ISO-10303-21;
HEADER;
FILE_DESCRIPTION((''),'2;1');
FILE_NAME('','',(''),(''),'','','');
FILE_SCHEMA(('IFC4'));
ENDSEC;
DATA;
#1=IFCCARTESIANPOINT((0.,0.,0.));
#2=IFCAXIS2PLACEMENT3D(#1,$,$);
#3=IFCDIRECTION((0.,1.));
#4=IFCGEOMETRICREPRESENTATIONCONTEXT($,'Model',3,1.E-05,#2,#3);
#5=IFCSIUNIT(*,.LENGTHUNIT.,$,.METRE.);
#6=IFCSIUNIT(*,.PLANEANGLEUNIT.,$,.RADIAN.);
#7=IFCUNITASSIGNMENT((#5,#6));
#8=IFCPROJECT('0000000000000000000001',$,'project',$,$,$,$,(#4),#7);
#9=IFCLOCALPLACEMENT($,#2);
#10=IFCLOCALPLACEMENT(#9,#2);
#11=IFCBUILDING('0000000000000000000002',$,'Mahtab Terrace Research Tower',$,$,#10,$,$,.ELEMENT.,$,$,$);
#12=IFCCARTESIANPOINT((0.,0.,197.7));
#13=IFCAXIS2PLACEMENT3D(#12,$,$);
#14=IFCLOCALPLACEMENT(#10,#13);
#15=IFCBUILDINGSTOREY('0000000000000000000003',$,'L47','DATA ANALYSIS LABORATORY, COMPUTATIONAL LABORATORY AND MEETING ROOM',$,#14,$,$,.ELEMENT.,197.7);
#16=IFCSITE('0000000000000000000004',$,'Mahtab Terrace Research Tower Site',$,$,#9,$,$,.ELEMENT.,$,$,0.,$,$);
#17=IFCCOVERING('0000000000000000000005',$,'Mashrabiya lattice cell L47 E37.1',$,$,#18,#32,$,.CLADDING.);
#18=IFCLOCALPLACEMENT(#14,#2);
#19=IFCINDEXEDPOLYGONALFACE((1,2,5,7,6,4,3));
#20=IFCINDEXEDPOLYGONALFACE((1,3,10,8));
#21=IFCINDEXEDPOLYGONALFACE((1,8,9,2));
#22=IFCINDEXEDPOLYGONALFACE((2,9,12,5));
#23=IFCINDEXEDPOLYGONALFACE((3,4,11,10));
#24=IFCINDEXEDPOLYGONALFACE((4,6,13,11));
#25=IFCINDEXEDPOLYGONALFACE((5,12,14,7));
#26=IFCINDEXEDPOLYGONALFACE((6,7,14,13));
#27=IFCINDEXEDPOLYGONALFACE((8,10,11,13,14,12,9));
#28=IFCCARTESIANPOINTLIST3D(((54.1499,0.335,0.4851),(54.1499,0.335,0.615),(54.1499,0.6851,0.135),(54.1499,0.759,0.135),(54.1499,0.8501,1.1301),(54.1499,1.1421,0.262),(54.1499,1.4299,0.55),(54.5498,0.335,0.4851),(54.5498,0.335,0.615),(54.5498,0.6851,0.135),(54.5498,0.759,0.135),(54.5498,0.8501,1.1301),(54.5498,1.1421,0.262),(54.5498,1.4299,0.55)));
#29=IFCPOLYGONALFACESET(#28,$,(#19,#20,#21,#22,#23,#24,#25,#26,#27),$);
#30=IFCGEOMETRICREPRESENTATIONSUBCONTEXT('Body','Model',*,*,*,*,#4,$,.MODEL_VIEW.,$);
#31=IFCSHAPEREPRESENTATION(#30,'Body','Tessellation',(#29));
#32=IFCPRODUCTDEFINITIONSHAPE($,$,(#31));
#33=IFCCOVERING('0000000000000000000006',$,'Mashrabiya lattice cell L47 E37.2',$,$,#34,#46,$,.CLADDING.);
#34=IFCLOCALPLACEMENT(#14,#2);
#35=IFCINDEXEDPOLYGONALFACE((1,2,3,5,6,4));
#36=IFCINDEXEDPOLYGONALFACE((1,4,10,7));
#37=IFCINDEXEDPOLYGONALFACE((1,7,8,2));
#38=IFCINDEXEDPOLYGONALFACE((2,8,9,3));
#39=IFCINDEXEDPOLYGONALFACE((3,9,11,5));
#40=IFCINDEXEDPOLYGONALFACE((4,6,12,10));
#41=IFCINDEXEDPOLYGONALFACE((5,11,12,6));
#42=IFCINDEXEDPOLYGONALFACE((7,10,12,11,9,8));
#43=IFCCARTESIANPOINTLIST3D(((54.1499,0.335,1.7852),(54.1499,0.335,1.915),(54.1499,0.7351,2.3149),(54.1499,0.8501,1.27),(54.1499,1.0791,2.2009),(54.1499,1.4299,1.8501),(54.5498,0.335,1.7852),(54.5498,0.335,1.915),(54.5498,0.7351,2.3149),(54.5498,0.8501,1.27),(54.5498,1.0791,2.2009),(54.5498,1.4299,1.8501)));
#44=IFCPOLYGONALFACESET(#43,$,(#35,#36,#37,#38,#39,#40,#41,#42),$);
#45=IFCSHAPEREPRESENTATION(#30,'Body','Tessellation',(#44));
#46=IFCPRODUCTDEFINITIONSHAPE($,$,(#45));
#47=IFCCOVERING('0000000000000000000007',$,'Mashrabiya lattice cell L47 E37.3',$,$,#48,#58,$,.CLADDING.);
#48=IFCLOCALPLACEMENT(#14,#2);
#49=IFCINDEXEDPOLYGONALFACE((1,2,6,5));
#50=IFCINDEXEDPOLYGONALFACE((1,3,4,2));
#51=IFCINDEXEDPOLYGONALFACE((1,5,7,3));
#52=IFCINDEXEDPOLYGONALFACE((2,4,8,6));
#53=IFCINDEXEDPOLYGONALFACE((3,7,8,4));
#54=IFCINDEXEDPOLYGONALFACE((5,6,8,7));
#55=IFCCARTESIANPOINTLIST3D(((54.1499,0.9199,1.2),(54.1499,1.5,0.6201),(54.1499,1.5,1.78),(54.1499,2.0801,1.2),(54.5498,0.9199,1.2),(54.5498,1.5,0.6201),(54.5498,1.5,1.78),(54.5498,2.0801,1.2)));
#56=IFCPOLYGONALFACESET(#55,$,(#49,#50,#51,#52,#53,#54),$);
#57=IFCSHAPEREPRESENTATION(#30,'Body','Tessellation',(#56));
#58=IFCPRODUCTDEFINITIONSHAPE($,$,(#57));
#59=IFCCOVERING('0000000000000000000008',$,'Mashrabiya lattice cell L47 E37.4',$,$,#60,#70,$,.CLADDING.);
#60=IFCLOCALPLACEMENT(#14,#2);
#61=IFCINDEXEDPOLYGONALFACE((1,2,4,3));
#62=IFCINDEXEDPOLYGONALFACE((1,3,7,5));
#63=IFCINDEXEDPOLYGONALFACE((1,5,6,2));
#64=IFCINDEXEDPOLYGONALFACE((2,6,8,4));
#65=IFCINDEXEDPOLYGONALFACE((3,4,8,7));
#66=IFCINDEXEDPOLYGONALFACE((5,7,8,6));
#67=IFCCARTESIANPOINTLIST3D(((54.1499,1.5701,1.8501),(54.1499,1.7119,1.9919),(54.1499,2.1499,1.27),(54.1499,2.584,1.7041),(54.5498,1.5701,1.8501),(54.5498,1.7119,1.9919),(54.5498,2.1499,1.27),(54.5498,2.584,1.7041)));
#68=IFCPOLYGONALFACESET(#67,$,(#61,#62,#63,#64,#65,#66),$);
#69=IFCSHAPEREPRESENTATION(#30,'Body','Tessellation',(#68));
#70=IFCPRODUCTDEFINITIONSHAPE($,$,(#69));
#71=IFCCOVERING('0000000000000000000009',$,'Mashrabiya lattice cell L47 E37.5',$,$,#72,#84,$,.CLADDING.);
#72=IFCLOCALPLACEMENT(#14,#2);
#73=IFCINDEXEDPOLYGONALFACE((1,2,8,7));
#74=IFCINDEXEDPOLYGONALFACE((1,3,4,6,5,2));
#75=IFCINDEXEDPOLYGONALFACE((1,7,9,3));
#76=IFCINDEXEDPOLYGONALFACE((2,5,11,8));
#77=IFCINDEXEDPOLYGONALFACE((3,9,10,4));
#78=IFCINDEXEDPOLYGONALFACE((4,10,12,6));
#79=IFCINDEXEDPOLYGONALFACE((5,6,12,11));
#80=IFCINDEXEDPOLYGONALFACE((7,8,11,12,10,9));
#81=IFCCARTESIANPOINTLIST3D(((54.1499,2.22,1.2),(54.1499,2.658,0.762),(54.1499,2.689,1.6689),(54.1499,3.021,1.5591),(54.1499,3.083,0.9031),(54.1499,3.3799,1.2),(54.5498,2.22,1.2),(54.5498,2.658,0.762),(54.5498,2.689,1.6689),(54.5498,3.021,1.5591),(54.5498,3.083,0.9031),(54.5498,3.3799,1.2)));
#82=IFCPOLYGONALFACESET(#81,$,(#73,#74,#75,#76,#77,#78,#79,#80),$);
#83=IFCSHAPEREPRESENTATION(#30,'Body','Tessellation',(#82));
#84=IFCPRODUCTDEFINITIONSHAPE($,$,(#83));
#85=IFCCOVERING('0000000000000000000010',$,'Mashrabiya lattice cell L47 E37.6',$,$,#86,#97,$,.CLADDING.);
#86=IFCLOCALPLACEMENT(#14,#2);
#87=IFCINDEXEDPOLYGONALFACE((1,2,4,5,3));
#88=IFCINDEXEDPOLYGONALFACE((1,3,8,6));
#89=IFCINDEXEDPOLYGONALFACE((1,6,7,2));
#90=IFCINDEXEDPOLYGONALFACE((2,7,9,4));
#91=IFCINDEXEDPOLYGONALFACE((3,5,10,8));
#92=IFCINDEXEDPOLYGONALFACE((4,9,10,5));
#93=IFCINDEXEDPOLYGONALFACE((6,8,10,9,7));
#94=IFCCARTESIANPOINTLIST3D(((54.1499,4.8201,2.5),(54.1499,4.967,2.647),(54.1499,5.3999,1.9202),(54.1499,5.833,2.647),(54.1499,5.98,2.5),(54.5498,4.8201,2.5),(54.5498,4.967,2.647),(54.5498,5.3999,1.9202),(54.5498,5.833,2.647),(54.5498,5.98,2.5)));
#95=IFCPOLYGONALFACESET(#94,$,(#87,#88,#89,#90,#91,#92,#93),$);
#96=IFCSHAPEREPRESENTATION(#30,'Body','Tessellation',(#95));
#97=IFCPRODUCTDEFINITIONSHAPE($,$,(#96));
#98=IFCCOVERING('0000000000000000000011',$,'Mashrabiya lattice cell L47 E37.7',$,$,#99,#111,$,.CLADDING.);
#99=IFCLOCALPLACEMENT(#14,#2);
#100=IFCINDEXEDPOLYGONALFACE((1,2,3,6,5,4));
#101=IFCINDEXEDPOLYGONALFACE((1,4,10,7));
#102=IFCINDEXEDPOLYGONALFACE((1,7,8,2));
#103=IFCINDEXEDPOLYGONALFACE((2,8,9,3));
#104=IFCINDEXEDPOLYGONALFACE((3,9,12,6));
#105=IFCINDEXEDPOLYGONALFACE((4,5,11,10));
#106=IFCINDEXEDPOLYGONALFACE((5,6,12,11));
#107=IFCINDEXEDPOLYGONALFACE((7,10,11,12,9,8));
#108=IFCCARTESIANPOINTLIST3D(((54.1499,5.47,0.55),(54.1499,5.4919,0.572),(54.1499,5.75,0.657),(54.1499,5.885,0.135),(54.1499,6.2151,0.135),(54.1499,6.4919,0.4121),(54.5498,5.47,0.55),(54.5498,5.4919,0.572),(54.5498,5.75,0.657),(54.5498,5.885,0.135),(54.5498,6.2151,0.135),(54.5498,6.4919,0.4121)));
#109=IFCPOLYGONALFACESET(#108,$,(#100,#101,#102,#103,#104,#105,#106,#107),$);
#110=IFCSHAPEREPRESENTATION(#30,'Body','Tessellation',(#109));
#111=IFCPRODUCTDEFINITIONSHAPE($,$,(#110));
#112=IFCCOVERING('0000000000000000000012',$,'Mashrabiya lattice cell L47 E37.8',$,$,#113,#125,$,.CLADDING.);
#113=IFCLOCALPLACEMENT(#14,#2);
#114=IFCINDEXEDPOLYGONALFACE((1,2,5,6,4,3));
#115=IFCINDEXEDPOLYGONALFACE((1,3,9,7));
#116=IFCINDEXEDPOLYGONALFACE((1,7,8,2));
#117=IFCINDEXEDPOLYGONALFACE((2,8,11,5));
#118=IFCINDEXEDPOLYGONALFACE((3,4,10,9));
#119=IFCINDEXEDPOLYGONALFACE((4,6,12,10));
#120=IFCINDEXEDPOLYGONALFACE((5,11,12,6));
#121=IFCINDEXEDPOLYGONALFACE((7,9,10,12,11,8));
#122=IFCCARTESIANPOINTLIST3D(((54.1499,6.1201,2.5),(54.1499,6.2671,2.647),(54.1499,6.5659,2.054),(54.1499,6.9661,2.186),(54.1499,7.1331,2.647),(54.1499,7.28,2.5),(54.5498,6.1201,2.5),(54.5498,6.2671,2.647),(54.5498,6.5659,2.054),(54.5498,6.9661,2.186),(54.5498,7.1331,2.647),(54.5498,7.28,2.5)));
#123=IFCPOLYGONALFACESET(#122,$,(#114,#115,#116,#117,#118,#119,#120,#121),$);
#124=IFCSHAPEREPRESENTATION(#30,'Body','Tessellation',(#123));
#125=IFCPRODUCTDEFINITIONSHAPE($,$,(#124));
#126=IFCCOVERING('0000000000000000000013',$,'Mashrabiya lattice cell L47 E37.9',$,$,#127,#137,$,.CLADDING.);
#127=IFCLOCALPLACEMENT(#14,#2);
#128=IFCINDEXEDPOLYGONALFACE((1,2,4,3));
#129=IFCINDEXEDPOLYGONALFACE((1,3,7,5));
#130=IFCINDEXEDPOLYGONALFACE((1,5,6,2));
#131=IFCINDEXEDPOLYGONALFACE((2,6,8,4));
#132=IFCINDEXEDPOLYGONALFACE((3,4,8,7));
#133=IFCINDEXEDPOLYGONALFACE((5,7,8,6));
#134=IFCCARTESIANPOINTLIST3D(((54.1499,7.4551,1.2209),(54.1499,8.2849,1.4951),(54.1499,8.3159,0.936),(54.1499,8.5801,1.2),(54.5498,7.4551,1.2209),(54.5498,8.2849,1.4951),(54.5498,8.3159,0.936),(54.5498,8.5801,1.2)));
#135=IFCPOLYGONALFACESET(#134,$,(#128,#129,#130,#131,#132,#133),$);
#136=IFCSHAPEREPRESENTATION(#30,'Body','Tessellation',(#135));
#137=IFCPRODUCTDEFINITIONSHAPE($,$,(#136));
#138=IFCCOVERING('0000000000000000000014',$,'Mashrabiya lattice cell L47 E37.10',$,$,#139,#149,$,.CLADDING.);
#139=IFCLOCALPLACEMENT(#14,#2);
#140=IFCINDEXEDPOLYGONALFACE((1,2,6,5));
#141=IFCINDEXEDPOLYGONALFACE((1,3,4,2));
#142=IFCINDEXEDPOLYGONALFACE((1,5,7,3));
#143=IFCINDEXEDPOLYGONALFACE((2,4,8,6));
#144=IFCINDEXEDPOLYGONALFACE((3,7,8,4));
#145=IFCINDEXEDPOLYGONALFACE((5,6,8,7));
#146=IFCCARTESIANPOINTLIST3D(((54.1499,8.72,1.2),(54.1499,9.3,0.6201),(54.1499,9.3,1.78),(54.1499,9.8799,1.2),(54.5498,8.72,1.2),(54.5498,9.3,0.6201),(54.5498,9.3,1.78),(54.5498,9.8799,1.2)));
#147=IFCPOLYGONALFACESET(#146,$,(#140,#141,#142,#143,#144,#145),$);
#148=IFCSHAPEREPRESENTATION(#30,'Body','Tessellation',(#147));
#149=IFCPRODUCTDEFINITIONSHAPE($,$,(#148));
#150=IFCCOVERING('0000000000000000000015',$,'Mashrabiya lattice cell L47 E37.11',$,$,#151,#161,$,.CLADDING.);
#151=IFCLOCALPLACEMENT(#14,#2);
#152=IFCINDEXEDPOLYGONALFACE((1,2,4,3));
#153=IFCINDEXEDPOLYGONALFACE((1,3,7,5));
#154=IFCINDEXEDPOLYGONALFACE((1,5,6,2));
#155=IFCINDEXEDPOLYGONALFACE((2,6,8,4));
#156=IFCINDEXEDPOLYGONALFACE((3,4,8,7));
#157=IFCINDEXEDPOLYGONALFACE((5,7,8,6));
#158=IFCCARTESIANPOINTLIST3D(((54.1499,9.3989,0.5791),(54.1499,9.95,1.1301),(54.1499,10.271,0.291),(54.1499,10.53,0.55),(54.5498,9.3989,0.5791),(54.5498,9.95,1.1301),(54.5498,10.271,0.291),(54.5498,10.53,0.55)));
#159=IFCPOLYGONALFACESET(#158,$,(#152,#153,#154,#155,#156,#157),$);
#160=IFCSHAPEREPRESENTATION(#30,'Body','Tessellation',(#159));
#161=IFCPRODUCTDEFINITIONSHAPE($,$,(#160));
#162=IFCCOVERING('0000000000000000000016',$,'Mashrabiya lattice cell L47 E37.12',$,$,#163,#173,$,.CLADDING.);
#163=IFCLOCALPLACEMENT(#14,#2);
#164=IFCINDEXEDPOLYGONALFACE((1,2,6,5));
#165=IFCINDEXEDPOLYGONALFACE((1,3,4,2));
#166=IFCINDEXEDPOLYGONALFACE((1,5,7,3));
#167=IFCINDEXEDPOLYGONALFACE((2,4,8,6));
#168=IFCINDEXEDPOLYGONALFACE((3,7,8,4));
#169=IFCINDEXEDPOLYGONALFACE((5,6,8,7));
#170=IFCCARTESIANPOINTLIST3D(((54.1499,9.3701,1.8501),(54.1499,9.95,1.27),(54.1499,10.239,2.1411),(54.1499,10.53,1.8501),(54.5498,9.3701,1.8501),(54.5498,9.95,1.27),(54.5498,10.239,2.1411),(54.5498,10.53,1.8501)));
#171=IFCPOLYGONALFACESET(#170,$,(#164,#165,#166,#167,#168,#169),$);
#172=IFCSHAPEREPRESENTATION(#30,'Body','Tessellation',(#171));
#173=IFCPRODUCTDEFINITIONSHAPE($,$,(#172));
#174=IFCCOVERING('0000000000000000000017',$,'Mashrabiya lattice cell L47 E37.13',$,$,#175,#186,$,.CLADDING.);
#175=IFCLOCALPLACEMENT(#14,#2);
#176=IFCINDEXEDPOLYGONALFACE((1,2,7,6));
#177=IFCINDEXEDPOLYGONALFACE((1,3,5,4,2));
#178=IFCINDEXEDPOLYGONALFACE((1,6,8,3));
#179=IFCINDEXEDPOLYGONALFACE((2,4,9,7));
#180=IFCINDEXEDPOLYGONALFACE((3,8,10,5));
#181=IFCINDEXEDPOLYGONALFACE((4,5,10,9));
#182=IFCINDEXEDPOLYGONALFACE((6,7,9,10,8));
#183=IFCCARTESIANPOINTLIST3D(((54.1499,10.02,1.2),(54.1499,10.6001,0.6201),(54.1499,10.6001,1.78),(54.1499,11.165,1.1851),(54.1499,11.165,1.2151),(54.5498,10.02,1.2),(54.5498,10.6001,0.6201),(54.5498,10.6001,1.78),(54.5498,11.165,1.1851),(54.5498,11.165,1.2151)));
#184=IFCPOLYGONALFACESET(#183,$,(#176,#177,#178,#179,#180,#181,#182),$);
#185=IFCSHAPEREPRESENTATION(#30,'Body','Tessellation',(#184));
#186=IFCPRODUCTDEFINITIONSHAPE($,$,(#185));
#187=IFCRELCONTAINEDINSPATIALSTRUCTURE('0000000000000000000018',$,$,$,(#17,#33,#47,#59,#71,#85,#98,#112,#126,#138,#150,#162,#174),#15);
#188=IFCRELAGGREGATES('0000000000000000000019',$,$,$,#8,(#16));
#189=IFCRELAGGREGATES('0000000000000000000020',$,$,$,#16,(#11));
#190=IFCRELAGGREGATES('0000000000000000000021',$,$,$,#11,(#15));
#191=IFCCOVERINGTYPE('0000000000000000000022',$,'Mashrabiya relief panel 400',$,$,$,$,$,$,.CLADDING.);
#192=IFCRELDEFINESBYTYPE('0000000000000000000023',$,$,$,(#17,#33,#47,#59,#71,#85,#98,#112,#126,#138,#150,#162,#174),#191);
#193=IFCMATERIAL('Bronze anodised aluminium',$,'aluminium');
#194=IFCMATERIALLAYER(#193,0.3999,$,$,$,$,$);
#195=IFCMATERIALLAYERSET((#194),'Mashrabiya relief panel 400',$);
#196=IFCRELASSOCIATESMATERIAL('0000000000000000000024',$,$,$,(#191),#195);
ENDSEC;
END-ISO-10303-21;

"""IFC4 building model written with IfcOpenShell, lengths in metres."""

from ifc_helpers import new_model, si_unit, direction, frame, origin, place, context, subcontext, project, spatial, polyline, outline, extrude, material, layer, layer_set, type_object, element, save


model = new_model("IFC4")

# Units and contexts
model_context = context("Model", 3, precision=1e-05, world=origin(), true_north=direction((0.0, 1.0)))
body_context = subcontext(model_context, "Body", "Model", "MODEL_VIEW")
ifc_project = project(units=[si_unit("LENGTHUNIT", "METRE"), si_unit("PLANEANGLEUNIT", "RADIAN")], contexts=[model_context])

# Site, building, storey
site_placement = place(None, origin())
site = spatial("IfcSite", under=ifc_project, at=site_placement, Name="Mahtab Terrace Research Tower Site", CompositionType="ELEMENT", RefElevation=0.0)
building_placement = place(site_placement, origin())
building = spatial("IfcBuilding", under=site, at=building_placement, Name="Mahtab Terrace Research Tower", CompositionType="ELEMENT")
storey_placement = place(building_placement, frame((0.0, 0.0, 197.7)))
storey = spatial("IfcBuildingStorey", under=building, at=storey_placement, Name="L47", Description="DATA ANALYSIS LABORATORY, COMPUTATIONAL LABORATORY AND MEETING ROOM", CompositionType="ELEMENT", Elevation=197.7)

# Coverings
ifc_material_1 = material(Name="Bronze anodised aluminium", Category="aluminium")
ifc_layer_1 = layer(ifc_material_1, 0.3999)
ifc_layer_set_1 = layer_set([ifc_layer_1], Name="Mashrabiya relief panel 400")
covering_type = type_object("IfcCoveringType", Name="Mashrabiya relief panel 400", PredefinedType="CLADDING", material=ifc_layer_set_1)
covering_1_placement = place(storey_placement, frame((54.1499, 0.335, 0.4851), z_axis=(-1.0, 0.0, 0.0), x_axis=(0.0, 0.0, 1.0)))
element("IfcCovering", 1, at=covering_1_placement, inside=storey, type_object=covering_type, Name="Mashrabiya lattice cell L47 E37.1", PredefinedType="CLADDING", context=body_context, shape_type="SweptSolid", body=[
    extrude(outline(polyline([(0.0, 0.0), (0.1299, 0.0), (0.645, 0.5151), (0.0649, 1.095), (-0.2231, 0.8071), (-0.3501, 0.4241), (-0.3501, 0.3501), (0.0, 0.0)])), origin(), (0.0, 0.0, -1.0), 0.3999),
])
covering_2_placement = place(storey_placement, frame((54.1499, 1.4299, 1.8501), z_axis=(-1.0, 0.0, 0.0), x_axis=(0.0, -0.706958, -0.707256)))
element("IfcCovering", 2, at=covering_2_placement, inside=storey, type_object=covering_type, Name="Mashrabiya lattice cell L47 E37.2", PredefinedType="CLADDING", context=body_context, shape_type="SweptSolid", body=[
    extrude(outline(polyline([(0.0, 0.0), (0.8202, 0.0), (0.82, 0.7285), (0.7282, 0.8203), (0.1624, 0.82), (-0.0001, 0.4961), (0.0, 0.0)])), origin(), (0.0, 0.0, -1.0), 0.3999),
])
covering_3_placement = place(storey_placement, frame((54.1499, 1.5, 1.78), z_axis=(-1.0, 0.0, 0.0), x_axis=(0.0, 0.707107, -0.707107)))
element("IfcCovering", 3, at=covering_3_placement, inside=storey, type_object=covering_type, Name="Mashrabiya lattice cell L47 E37.3", PredefinedType="CLADDING", context=body_context, shape_type="SweptSolid", body=[
    extrude(outline(polyline([(0.0, 0.0), (0.8204, 0.0), (0.8202, 0.8202), (0.0, 0.8204), (0.0, 0.0)])), origin(), (0.0, 0.0, -1.0), 0.3999),
])
covering_4_placement = place(storey_placement, frame((54.1499, 2.1499, 1.27), z_axis=(-1.0, 0.0, 0.0), x_axis=(0.0, -0.706958, 0.707256)))
element("IfcCovering", 4, at=covering_4_placement, inside=storey, type_object=covering_type, Name="Mashrabiya lattice cell L47 E37.4", PredefinedType="CLADDING", context=body_context, shape_type="SweptSolid", body=[
    extrude(outline(polyline([(0.0, 0.0), (0.8202, 0.0), (0.8202, 0.2006), (0.0001, 0.6139), (0.0, 0.0)])), origin(), (0.0, 0.0, -1.0), 0.3999),
])
covering_5_placement = place(storey_placement, frame((54.1499, 2.22, 1.2), z_axis=(-1.0, 0.0, 0.0), x_axis=(0.0, 0.707107, 0.707107)))
element("IfcCovering", 5, at=covering_5_placement, inside=storey, type_object=covering_type, Name="Mashrabiya lattice cell L47 E37.5", PredefinedType="CLADDING", context=body_context, shape_type="SweptSolid", body=[
    extrude(outline(polyline([(0.0, 0.0), (0.6633, 0.0), (0.8204, 0.3125), (0.8202, 0.8202), (0.4003, 0.8202), (0.0, 0.6194), (0.0, 0.0)])), origin(), (0.0, 0.0, -1.0), 0.3999),
])
covering_6_placement = place(storey_placement, frame((54.1499, 5.98, 2.5), z_axis=(-1.0, 0.0, 0.0), x_axis=(0.0, -0.707256, -0.706958)))
element("IfcCovering", 6, at=covering_6_placement, inside=storey, type_object=covering_type, Name="Mashrabiya lattice cell L47 E37.6", PredefinedType="CLADDING", context=body_context, shape_type="SweptSolid", body=[
    extrude(outline(polyline([(0.0, 0.0), (0.8202, 0.0), (0.8204, 0.82), (0.6125, 0.8201), (0.0, 0.2079), (0.0, 0.0)])), origin(), (0.0, 0.0, -1.0), 0.3999),
])
covering_7_placement = place(storey_placement, frame((54.1499, 5.47, 0.55), z_axis=(-1.0, 0.0, 0.0), x_axis=(0.0, 0.707107, 0.707107)))
element("IfcCovering", 7, at=covering_7_placement, inside=storey, type_object=covering_type, Name="Mashrabiya lattice cell L47 E37.7", PredefinedType="CLADDING", context=body_context, shape_type="SweptSolid", body=[
    extrude(outline(polyline([(0.0, 0.0), (0.0311, 0.0), (0.2736, 0.1224), (0.6251, 0.8202), (0.2334, 0.8204), (0.0, 0.587), (0.0, 0.0)])), origin(), (0.0, 0.0, -1.0), 0.3999),
])
covering_8_placement = place(storey_placement, frame((54.1499, 6.1201, 2.5), z_axis=(-1.0, 0.0, 0.0), x_axis=(0.0, 0.707107, 0.707107)))
element("IfcCovering", 8, at=covering_8_placement, inside=storey, type_object=covering_type, Name="Mashrabiya lattice cell L47 E37.8", PredefinedType="CLADDING", context=body_context, shape_type="SweptSolid", body=[
    extrude(outline(polyline([(0.0, 0.0), (0.2079, 0.0), (0.8202, 0.6123), (0.8202, 0.8202), (0.3762, 0.8202), (-0.0002, 0.6306), (0.0, 0.0)])), origin(), (0.0, 0.0, -1.0), 0.3999),
])
covering_9_placement = place(storey_placement, frame((54.1499, 8.5801, 1.2), z_axis=(-1.0, 0.0, 0.0), x_axis=(0.0, -0.707434, -0.70678)))
element("IfcCovering", 9, at=covering_9_placement, inside=storey, type_object=covering_type, Name="Mashrabiya lattice cell L47 E37.9", PredefinedType="CLADDING", context=body_context, shape_type="SweptSolid", body=[
    extrude(outline(polyline([(0.0, 0.0), (0.3734, 0.0), (0.781, 0.81), (0.0002, 0.4174), (0.0, 0.0)])), origin(), (0.0, 0.0, -1.0), 0.3999),
])
covering_10_placement = place(storey_placement, frame((54.1499, 9.3, 1.78), z_axis=(-1.0, 0.0, 0.0), x_axis=(0.0, 0.706958, -0.707256)))
element("IfcCovering", 10, at=covering_10_placement, inside=storey, type_object=covering_type, Name="Mashrabiya lattice cell L47 E37.10", PredefinedType="CLADDING", context=body_context, shape_type="SweptSolid", body=[
    extrude(outline(polyline([(0.0, 0.0), (0.8202, 0.0), (0.8204, 0.82), (0.0002, 0.8204), (0.0, 0.0)])), origin(), (0.0, 0.0, -1.0), 0.3999),
])
covering_11_placement = place(storey_placement, frame((54.1499, 9.95, 1.1301), z_axis=(-1.0, 0.0, 0.0), x_axis=(0.0, 0.707107, -0.707107)))
element("IfcCovering", 11, at=covering_11_placement, inside=storey, type_object=covering_type, Name="Mashrabiya lattice cell L47 E37.11", PredefinedType="CLADDING", context=body_context, shape_type="SweptSolid", body=[
    extrude(outline(polyline([(0.0, 0.0), (0.8204, 0.0), (0.8204, 0.3663), (0.0, 0.7793), (0.0, 0.0)])), origin(), (0.0, 0.0, -1.0), 0.3999),
])
covering_12_placement = place(storey_placement, frame((54.1499, 10.53, 1.8501), z_axis=(-1.0, 0.0, 0.0), x_axis=(0.0, -0.707107, -0.707107)))
element("IfcCovering", 12, at=covering_12_placement, inside=storey, type_object=covering_type, Name="Mashrabiya lattice cell L47 E37.12", PredefinedType="CLADDING", context=body_context, shape_type="SweptSolid", body=[
    extrude(outline(polyline([(0.0, 0.0), (0.8204, 0.0), (0.8202, 0.8202), (0.0, 0.4116), (0.0, 0.0)])), origin(), (0.0, 0.0, -1.0), 0.3999),
])
covering_13_placement = place(storey_placement, frame((54.1499, 10.6001, 0.6201), z_axis=(-1.0, 0.0, 0.0), x_axis=(0.0, -0.707256, 0.706958)))
element("IfcCovering", 13, at=covering_13_placement, inside=storey, type_object=covering_type, Name="Mashrabiya lattice cell L47 E37.13", PredefinedType="CLADDING", context=body_context, shape_type="SweptSolid", body=[
    extrude(outline(polyline([(0.0, 0.0), (0.8202, 0.0), (0.82, 0.8204), (0.0211, 0.8202), (-0.0002, 0.7989), (0.0, 0.0)])), origin(), (0.0, 0.0, -1.0), 0.3999),
])

save(model, "model.ifc")
